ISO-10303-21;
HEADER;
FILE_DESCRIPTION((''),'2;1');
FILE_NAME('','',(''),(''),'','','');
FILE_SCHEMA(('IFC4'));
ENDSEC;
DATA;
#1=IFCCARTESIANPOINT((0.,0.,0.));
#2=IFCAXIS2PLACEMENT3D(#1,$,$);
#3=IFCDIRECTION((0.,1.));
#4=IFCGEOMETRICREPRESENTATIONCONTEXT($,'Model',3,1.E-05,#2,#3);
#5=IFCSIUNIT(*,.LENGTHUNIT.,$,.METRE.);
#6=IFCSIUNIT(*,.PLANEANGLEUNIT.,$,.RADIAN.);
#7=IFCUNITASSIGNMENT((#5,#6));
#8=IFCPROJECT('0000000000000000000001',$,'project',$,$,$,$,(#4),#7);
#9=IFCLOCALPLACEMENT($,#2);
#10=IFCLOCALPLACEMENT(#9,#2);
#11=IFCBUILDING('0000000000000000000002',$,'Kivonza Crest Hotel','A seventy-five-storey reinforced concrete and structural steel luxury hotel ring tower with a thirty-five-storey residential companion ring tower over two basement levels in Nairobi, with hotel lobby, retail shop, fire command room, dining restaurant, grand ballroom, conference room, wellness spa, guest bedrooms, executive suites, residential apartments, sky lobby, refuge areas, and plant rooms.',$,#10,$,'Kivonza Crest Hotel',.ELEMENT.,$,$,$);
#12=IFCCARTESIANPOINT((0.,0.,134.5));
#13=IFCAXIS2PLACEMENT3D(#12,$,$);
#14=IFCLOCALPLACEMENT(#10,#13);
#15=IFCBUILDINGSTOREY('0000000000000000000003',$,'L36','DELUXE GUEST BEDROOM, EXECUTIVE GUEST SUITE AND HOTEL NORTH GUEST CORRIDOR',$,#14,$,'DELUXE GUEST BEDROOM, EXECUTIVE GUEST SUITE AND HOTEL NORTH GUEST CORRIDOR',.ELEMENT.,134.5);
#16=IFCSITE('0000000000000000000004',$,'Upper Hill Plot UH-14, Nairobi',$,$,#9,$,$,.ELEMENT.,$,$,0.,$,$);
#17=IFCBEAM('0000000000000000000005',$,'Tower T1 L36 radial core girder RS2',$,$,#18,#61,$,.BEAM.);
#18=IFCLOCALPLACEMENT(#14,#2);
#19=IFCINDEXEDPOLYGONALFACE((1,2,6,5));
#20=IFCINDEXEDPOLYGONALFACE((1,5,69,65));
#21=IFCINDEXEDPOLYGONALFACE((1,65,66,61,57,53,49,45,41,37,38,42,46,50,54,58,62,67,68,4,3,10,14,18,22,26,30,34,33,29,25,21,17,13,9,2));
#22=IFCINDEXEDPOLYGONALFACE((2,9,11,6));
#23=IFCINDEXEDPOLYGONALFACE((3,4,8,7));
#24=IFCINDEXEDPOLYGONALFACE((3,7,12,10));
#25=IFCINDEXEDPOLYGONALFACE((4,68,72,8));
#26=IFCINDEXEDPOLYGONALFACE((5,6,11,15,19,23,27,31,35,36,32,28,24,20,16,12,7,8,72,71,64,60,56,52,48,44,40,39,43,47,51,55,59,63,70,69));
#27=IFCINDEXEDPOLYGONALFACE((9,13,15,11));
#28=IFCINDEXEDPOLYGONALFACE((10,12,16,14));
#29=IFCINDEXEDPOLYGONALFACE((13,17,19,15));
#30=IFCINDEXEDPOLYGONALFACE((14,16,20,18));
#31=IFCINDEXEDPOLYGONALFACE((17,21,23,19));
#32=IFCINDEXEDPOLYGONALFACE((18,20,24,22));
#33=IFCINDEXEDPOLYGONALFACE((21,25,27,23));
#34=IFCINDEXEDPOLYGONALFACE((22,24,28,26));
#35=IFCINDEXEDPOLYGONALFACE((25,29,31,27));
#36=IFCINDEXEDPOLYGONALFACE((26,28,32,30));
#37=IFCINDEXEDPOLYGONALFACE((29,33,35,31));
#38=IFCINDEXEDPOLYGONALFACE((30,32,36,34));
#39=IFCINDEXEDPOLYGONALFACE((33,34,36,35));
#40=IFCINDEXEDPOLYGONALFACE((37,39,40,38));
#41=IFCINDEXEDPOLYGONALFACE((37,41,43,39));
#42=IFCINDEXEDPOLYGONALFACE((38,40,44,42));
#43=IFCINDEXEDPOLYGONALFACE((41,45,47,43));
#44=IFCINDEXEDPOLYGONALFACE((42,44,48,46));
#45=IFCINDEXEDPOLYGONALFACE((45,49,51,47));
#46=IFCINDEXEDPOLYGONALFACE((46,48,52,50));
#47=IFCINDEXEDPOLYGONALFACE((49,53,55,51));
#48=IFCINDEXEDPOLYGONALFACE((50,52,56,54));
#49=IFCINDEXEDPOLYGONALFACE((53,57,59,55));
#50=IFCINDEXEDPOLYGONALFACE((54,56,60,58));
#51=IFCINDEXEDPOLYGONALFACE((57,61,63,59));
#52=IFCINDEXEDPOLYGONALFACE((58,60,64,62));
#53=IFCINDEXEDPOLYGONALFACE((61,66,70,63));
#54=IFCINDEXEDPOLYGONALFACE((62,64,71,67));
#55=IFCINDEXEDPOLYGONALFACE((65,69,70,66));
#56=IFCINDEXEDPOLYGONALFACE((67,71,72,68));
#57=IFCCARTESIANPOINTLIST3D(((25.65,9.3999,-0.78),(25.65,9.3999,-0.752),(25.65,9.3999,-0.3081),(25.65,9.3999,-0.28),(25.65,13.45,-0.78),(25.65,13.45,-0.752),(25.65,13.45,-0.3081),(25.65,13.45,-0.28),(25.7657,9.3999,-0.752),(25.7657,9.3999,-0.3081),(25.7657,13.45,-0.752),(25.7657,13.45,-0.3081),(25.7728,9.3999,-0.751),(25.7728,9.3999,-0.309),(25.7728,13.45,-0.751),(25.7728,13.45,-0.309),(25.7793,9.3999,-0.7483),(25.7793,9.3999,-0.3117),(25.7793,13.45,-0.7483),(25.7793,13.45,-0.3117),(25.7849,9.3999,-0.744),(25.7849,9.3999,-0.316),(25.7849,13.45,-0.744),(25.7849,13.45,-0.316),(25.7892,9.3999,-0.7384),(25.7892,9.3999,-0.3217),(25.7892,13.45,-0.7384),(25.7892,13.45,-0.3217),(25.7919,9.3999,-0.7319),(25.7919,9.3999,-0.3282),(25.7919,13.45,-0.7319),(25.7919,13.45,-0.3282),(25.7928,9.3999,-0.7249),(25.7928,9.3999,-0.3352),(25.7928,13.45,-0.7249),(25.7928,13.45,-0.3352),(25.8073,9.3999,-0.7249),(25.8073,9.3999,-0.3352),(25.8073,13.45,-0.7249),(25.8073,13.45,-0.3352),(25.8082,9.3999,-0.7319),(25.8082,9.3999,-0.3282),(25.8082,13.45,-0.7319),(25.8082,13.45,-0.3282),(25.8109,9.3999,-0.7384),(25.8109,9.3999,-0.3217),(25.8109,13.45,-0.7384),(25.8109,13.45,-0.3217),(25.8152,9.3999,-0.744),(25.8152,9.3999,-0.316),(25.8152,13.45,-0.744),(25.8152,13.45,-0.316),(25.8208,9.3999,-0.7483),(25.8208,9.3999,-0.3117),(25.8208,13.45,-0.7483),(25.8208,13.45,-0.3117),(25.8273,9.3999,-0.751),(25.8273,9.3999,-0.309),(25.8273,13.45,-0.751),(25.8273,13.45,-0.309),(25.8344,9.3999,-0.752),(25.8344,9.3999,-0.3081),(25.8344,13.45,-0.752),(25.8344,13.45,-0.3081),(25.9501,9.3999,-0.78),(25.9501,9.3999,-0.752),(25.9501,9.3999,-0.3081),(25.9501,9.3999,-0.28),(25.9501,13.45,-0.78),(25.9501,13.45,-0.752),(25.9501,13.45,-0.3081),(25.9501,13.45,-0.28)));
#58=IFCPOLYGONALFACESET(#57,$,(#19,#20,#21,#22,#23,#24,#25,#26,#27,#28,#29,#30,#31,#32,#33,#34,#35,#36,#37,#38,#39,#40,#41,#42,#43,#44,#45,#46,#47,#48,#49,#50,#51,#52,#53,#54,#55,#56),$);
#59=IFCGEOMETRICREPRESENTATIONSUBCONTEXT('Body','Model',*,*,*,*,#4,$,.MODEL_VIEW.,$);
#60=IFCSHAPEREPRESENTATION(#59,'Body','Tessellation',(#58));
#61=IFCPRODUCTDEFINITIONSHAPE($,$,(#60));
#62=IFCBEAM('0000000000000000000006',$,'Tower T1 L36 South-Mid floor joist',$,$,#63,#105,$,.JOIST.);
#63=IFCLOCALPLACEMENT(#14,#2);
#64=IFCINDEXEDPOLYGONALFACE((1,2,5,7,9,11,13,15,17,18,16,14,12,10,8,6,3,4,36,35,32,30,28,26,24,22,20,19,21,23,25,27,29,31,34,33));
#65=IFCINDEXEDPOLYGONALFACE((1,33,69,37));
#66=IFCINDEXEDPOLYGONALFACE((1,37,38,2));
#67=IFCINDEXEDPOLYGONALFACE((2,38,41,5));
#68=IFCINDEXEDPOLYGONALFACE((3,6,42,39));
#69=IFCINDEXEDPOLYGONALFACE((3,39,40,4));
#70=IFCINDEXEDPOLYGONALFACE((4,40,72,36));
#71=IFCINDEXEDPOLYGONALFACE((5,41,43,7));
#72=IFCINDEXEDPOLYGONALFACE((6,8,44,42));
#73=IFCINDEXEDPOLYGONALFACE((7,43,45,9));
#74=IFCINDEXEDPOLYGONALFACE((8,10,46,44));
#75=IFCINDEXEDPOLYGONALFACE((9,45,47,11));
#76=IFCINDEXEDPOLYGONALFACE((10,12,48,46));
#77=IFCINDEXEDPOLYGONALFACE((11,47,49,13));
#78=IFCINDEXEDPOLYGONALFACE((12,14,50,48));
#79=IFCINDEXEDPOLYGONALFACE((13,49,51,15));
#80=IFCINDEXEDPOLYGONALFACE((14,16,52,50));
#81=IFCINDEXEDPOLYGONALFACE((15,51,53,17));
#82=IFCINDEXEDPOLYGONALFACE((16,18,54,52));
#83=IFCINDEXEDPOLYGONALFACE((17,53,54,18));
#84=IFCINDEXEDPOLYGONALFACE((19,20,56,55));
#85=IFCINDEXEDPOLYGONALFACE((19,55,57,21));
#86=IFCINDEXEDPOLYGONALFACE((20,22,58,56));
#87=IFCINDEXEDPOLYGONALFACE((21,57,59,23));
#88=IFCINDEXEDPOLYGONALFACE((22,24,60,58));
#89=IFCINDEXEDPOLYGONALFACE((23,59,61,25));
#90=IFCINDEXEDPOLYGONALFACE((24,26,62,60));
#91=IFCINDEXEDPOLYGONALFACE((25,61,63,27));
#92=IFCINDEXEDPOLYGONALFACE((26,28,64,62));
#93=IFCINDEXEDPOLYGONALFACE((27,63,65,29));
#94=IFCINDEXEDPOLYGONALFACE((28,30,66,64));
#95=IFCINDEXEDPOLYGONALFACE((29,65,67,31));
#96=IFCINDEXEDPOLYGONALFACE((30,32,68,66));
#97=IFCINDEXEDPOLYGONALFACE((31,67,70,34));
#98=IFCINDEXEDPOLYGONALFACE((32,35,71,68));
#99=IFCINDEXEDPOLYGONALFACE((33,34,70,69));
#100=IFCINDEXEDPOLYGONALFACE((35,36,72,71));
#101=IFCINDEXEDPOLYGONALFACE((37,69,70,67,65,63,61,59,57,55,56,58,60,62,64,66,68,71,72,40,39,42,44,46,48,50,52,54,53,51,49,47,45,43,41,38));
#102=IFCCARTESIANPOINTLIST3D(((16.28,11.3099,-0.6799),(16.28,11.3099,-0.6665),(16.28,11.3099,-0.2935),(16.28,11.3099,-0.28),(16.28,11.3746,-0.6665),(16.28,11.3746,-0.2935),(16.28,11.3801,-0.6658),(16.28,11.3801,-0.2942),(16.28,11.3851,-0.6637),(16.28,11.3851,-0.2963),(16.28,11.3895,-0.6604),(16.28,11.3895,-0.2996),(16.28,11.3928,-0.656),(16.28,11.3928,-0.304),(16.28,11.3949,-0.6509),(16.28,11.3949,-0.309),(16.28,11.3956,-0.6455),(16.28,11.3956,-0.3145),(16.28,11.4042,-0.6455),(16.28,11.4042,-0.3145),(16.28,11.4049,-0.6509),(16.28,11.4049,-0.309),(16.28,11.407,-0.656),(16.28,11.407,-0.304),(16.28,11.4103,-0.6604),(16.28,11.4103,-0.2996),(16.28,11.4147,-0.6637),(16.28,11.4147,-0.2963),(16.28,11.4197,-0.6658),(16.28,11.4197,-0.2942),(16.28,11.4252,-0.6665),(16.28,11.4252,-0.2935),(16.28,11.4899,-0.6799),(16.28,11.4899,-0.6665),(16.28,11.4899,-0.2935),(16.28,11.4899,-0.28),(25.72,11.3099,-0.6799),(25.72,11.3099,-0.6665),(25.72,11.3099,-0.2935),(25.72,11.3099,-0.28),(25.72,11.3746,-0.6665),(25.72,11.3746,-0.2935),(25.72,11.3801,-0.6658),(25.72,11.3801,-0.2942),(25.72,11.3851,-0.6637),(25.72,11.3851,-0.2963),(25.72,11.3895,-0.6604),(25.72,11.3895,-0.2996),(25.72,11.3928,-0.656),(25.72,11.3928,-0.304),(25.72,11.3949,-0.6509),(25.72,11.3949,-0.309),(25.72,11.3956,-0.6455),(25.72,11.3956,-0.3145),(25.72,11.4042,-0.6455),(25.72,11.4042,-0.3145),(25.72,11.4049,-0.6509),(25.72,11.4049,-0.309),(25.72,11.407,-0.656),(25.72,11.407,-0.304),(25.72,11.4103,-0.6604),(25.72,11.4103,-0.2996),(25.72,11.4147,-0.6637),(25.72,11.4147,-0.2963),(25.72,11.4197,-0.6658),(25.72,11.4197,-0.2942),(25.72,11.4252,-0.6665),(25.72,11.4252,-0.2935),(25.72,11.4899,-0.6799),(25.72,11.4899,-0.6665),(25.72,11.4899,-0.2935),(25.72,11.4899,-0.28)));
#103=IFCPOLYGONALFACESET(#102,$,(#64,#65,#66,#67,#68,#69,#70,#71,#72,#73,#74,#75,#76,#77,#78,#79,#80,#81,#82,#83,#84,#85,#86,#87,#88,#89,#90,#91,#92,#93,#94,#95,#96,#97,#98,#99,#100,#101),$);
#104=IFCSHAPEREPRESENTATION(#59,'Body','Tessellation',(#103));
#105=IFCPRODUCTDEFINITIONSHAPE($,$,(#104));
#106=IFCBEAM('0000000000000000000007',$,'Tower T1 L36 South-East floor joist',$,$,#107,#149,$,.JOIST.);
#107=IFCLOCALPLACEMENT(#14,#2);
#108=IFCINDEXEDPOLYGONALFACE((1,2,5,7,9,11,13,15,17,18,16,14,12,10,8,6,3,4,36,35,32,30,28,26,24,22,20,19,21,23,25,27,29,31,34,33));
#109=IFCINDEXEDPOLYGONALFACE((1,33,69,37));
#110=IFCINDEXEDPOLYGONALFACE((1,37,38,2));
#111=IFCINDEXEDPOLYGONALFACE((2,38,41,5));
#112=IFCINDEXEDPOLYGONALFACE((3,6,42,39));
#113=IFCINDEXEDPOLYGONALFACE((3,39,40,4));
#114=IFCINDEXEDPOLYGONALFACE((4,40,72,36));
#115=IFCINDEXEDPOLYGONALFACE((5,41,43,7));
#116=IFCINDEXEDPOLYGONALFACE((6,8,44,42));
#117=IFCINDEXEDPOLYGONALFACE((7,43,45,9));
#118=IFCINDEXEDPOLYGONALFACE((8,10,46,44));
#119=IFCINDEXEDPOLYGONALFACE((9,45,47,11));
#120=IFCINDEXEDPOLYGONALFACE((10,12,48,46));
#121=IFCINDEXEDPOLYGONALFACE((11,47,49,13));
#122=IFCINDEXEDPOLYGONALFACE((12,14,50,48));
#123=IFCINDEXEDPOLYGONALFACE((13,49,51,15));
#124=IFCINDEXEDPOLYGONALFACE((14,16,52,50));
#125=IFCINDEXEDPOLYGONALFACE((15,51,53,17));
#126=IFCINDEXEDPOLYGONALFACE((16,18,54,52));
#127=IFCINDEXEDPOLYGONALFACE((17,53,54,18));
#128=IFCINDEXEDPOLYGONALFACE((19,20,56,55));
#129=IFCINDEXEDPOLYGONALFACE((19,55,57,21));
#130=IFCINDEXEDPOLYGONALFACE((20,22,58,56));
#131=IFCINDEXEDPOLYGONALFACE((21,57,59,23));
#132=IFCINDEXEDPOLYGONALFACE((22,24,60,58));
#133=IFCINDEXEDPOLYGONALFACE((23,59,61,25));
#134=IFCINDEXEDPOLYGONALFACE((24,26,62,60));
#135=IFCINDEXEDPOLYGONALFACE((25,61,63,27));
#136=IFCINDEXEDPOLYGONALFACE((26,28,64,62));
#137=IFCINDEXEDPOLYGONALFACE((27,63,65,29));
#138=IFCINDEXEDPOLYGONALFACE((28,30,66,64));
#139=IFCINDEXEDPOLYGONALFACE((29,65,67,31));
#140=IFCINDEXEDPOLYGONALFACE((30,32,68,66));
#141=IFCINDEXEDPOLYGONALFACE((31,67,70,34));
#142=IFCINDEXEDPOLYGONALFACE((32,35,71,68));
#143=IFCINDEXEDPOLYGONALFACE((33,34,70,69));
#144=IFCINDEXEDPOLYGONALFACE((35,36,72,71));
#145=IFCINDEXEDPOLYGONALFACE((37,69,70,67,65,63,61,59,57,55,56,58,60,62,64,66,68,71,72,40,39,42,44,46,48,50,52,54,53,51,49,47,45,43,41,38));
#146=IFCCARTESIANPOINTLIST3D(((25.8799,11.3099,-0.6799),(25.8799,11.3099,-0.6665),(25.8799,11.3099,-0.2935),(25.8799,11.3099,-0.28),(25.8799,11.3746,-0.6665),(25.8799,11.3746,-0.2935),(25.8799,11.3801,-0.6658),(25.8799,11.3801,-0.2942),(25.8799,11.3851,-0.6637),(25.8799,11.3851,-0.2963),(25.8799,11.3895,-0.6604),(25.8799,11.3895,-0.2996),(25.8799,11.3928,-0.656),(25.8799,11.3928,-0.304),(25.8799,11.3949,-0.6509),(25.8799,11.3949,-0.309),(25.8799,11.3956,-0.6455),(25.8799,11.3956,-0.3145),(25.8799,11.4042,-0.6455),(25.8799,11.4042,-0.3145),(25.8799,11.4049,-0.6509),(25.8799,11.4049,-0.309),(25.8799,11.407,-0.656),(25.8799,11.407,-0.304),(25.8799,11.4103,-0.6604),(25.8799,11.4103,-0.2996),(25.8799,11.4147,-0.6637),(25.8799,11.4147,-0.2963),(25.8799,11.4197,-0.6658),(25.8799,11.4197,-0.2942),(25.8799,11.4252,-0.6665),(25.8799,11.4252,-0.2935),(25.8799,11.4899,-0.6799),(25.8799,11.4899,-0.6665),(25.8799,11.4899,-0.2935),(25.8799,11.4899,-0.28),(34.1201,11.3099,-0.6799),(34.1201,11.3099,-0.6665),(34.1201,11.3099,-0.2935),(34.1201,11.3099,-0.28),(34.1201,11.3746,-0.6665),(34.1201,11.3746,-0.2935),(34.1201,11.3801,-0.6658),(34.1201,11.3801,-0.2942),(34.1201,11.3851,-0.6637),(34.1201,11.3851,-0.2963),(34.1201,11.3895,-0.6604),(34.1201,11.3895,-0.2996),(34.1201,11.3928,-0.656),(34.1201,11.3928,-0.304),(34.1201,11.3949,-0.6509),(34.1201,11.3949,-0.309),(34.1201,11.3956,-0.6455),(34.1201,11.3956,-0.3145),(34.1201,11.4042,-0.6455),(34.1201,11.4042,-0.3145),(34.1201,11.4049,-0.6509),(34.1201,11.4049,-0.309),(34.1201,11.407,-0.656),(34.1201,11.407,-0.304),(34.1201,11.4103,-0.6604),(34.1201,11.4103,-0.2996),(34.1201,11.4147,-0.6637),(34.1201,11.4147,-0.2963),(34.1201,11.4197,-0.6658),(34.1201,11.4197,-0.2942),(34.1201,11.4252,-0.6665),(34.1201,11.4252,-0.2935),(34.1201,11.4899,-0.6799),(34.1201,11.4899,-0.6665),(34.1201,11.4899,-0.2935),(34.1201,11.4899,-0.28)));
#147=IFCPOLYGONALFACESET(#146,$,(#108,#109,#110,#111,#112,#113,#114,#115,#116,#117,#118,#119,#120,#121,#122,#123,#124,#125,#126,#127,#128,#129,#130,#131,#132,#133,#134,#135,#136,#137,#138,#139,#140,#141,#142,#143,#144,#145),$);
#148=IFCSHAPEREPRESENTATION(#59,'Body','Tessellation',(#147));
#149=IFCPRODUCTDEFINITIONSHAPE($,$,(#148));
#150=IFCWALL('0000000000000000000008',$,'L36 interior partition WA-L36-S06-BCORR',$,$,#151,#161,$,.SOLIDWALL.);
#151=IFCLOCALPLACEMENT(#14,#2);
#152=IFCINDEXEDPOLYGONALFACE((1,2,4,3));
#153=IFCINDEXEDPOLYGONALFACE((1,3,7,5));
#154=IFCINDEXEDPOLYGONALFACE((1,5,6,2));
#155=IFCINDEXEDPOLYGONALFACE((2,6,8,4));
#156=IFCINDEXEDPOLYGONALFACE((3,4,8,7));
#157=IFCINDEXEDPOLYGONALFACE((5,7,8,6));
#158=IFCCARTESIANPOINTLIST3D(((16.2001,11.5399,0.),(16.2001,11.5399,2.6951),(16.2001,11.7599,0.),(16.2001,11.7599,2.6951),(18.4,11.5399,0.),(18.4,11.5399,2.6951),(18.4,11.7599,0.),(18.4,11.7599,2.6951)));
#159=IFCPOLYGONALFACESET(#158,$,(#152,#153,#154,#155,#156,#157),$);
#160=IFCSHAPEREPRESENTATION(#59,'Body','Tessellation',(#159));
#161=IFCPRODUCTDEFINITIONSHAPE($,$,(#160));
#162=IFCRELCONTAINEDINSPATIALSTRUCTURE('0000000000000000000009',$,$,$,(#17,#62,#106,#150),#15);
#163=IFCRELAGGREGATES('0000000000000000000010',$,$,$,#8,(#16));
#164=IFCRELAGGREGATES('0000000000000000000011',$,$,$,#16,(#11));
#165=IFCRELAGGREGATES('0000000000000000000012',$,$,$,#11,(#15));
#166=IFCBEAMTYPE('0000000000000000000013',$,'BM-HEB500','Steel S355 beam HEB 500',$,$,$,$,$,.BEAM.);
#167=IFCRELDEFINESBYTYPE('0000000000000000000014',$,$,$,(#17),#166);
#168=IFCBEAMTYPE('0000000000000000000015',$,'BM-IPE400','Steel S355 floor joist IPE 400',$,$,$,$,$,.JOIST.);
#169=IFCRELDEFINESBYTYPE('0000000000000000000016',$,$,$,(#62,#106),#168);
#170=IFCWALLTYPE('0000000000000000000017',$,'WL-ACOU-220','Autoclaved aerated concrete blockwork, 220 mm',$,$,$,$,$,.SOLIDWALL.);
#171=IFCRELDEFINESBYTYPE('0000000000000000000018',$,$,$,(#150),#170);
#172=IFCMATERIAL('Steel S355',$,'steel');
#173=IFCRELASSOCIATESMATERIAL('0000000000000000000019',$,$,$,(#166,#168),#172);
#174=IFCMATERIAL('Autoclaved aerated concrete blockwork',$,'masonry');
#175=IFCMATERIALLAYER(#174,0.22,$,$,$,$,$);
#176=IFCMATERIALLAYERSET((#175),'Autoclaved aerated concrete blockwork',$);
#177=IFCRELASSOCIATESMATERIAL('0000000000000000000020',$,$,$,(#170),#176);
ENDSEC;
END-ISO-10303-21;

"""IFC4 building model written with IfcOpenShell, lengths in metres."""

from ifc_helpers import new_model, si_unit, direction, frame, frame_2d, origin, origin_2d, place, context, subcontext, project, spatial, rectangle, i_section, extrude, material, layer, layer_set, material_profile, profile_set, type_object, element, save


model = new_model("IFC4")

# Units and contexts
model_context = context("Model", 3, precision=1e-05, world=origin(), true_north=direction((0.0, 1.0)))
body_context = subcontext(model_context, "Body", "Model", "MODEL_VIEW")
ifc_project = project(units=[si_unit("LENGTHUNIT", "METRE"), si_unit("PLANEANGLEUNIT", "RADIAN")], contexts=[model_context])

# Site, building, storey
site_placement = place(None, origin())
site = spatial("IfcSite", under=ifc_project, at=site_placement, Name="Upper Hill Plot UH-14, Nairobi", CompositionType="ELEMENT", RefElevation=0.0)
building_placement = place(site_placement, origin())
building = spatial("IfcBuilding", under=site, at=building_placement, Name="Kivonza Crest Hotel", Description="A seventy-five-storey reinforced concrete and structural steel luxury hotel ring tower with a thirty-five-storey residential companion ring tower over two basement levels in Nairobi, with hotel lobby, retail shop, fire command room, dining restaurant, grand ballroom, conference room, wellness spa, guest bedrooms, executive suites, residential apartments, sky lobby, refuge areas, and plant rooms.", LongName="Kivonza Crest Hotel", CompositionType="ELEMENT")
storey_placement = place(building_placement, frame((0.0, 0.0, 134.5)))
storey = spatial("IfcBuildingStorey", under=building, at=storey_placement, Name="L36", Description="DELUXE GUEST BEDROOM, EXECUTIVE GUEST SUITE AND HOTEL NORTH GUEST CORRIDOR", LongName="DELUXE GUEST BEDROOM, EXECUTIVE GUEST SUITE AND HOTEL NORTH GUEST CORRIDOR", CompositionType="ELEMENT", Elevation=134.5)

# Beams
ifc_material_1 = material(Name="Steel S355", Category="steel")
ifc_material_profile_1 = material_profile(ifc_material_1, i_section(OverallWidth=0.3, OverallDepth=0.5, WebThickness=0.0144, FlangeThickness=0.0281, FilletRadius=0.0271, at=origin_2d()), Name="HEB 500")
ifc_profile_set_1 = profile_set([ifc_material_profile_1], Name="Steel S355")
beam_type_1 = type_object("IfcBeamType", Name="BM-HEB500", Description="Steel S355 beam HEB 500", PredefinedType="BEAM", material=ifc_profile_set_1)
for number, where, z_axis, x_axis, name in (
    (1, (25.8, 9.3999, -0.53), (0.0, 1.0, 0.0), (-1.0, 0.0, 0.0), "Tower T1 L36 radial core girder RS2"),
):
    element("IfcBeam", number, at=place(storey_placement, frame(where, z_axis=z_axis, x_axis=x_axis)), inside=storey, type_object=beam_type_1, Name=name, PredefinedType="BEAM", context=body_context, shape_type="SweptSolid", body=[
        extrude(i_section(OverallWidth=0.3, OverallDepth=0.5, WebThickness=0.0144, FlangeThickness=0.0281, FilletRadius=0.0271, at=origin_2d()), origin(), (0.0, 0.0, 1.0), 4.05),
    ])
ifc_material_profile_2 = material_profile(ifc_material_1, i_section(OverallWidth=0.1799, OverallDepth=0.3999, WebThickness=0.0085, FlangeThickness=0.0134, FilletRadius=0.021, at=origin_2d()), Name="IPE 400")
ifc_profile_set_2 = profile_set([ifc_material_profile_2], Name="Steel S355")
beam_type_2 = type_object("IfcBeamType", Name="BM-IPE400", Description="Steel S355 floor joist IPE 400", PredefinedType="JOIST", material=ifc_profile_set_2)
beam_1_placement = place(storey_placement, frame((16.28, 11.3999, -0.48), z_axis=(1.0, 0.0, 0.0), x_axis=(0.0, 1.0, 0.0)))
element("IfcBeam", 2, at=beam_1_placement, inside=storey, type_object=beam_type_2, Name="Tower T1 L36 South-Mid floor joist", PredefinedType="JOIST", context=body_context, shape_type="SweptSolid", body=[
    extrude(i_section(OverallWidth=0.1799, OverallDepth=0.3999, WebThickness=0.0085, FlangeThickness=0.0134, FilletRadius=0.021, at=origin_2d()), origin(), (0.0, 0.0, 1.0), 9.4399),
])
beam_2_placement = place(storey_placement, frame((25.8799, 11.3999, -0.48), z_axis=(1.0, 0.0, 0.0), x_axis=(0.0, 1.0, 0.0)))
element("IfcBeam", 3, at=beam_2_placement, inside=storey, type_object=beam_type_2, Name="Tower T1 L36 South-East floor joist", PredefinedType="JOIST", context=body_context, shape_type="SweptSolid", body=[
    extrude(i_section(OverallWidth=0.1799, OverallDepth=0.3999, WebThickness=0.0085, FlangeThickness=0.0134, FilletRadius=0.021, at=origin_2d()), origin(), (0.0, 0.0, 1.0), 8.2402),
])

# Wall
ifc_material_2 = material(Name="Autoclaved aerated concrete blockwork", Category="masonry")
ifc_layer_1 = layer(ifc_material_2, 0.22)
ifc_layer_set_1 = layer_set([ifc_layer_1], Name="Autoclaved aerated concrete blockwork")
wall_type_1 = type_object("IfcWallType", Name="WL-ACOU-220", Description="Autoclaved aerated concrete blockwork, 220 mm", PredefinedType="SOLIDWALL", material=ifc_layer_set_1)
wall_1_placement = place(storey_placement, frame((16.2, 11.6499, 0.0), z_axis=(0.0, 0.0, 1.0), x_axis=(1.0, 0.0, 0.0)))
element("IfcWall", 4, at=wall_1_placement, inside=storey, type_object=wall_type_1, Name="L36 interior partition WA-L36-S06-BCORR", PredefinedType="SOLIDWALL", context=body_context, shape_type="SweptSolid", body=[
    extrude(rectangle(XDim=2.2, YDim=0.22, at=frame_2d((1.1001, 0.0))), origin(), (0.0, 0.0, 1.0), 2.6951),
])

save(model, "model.ifc")
